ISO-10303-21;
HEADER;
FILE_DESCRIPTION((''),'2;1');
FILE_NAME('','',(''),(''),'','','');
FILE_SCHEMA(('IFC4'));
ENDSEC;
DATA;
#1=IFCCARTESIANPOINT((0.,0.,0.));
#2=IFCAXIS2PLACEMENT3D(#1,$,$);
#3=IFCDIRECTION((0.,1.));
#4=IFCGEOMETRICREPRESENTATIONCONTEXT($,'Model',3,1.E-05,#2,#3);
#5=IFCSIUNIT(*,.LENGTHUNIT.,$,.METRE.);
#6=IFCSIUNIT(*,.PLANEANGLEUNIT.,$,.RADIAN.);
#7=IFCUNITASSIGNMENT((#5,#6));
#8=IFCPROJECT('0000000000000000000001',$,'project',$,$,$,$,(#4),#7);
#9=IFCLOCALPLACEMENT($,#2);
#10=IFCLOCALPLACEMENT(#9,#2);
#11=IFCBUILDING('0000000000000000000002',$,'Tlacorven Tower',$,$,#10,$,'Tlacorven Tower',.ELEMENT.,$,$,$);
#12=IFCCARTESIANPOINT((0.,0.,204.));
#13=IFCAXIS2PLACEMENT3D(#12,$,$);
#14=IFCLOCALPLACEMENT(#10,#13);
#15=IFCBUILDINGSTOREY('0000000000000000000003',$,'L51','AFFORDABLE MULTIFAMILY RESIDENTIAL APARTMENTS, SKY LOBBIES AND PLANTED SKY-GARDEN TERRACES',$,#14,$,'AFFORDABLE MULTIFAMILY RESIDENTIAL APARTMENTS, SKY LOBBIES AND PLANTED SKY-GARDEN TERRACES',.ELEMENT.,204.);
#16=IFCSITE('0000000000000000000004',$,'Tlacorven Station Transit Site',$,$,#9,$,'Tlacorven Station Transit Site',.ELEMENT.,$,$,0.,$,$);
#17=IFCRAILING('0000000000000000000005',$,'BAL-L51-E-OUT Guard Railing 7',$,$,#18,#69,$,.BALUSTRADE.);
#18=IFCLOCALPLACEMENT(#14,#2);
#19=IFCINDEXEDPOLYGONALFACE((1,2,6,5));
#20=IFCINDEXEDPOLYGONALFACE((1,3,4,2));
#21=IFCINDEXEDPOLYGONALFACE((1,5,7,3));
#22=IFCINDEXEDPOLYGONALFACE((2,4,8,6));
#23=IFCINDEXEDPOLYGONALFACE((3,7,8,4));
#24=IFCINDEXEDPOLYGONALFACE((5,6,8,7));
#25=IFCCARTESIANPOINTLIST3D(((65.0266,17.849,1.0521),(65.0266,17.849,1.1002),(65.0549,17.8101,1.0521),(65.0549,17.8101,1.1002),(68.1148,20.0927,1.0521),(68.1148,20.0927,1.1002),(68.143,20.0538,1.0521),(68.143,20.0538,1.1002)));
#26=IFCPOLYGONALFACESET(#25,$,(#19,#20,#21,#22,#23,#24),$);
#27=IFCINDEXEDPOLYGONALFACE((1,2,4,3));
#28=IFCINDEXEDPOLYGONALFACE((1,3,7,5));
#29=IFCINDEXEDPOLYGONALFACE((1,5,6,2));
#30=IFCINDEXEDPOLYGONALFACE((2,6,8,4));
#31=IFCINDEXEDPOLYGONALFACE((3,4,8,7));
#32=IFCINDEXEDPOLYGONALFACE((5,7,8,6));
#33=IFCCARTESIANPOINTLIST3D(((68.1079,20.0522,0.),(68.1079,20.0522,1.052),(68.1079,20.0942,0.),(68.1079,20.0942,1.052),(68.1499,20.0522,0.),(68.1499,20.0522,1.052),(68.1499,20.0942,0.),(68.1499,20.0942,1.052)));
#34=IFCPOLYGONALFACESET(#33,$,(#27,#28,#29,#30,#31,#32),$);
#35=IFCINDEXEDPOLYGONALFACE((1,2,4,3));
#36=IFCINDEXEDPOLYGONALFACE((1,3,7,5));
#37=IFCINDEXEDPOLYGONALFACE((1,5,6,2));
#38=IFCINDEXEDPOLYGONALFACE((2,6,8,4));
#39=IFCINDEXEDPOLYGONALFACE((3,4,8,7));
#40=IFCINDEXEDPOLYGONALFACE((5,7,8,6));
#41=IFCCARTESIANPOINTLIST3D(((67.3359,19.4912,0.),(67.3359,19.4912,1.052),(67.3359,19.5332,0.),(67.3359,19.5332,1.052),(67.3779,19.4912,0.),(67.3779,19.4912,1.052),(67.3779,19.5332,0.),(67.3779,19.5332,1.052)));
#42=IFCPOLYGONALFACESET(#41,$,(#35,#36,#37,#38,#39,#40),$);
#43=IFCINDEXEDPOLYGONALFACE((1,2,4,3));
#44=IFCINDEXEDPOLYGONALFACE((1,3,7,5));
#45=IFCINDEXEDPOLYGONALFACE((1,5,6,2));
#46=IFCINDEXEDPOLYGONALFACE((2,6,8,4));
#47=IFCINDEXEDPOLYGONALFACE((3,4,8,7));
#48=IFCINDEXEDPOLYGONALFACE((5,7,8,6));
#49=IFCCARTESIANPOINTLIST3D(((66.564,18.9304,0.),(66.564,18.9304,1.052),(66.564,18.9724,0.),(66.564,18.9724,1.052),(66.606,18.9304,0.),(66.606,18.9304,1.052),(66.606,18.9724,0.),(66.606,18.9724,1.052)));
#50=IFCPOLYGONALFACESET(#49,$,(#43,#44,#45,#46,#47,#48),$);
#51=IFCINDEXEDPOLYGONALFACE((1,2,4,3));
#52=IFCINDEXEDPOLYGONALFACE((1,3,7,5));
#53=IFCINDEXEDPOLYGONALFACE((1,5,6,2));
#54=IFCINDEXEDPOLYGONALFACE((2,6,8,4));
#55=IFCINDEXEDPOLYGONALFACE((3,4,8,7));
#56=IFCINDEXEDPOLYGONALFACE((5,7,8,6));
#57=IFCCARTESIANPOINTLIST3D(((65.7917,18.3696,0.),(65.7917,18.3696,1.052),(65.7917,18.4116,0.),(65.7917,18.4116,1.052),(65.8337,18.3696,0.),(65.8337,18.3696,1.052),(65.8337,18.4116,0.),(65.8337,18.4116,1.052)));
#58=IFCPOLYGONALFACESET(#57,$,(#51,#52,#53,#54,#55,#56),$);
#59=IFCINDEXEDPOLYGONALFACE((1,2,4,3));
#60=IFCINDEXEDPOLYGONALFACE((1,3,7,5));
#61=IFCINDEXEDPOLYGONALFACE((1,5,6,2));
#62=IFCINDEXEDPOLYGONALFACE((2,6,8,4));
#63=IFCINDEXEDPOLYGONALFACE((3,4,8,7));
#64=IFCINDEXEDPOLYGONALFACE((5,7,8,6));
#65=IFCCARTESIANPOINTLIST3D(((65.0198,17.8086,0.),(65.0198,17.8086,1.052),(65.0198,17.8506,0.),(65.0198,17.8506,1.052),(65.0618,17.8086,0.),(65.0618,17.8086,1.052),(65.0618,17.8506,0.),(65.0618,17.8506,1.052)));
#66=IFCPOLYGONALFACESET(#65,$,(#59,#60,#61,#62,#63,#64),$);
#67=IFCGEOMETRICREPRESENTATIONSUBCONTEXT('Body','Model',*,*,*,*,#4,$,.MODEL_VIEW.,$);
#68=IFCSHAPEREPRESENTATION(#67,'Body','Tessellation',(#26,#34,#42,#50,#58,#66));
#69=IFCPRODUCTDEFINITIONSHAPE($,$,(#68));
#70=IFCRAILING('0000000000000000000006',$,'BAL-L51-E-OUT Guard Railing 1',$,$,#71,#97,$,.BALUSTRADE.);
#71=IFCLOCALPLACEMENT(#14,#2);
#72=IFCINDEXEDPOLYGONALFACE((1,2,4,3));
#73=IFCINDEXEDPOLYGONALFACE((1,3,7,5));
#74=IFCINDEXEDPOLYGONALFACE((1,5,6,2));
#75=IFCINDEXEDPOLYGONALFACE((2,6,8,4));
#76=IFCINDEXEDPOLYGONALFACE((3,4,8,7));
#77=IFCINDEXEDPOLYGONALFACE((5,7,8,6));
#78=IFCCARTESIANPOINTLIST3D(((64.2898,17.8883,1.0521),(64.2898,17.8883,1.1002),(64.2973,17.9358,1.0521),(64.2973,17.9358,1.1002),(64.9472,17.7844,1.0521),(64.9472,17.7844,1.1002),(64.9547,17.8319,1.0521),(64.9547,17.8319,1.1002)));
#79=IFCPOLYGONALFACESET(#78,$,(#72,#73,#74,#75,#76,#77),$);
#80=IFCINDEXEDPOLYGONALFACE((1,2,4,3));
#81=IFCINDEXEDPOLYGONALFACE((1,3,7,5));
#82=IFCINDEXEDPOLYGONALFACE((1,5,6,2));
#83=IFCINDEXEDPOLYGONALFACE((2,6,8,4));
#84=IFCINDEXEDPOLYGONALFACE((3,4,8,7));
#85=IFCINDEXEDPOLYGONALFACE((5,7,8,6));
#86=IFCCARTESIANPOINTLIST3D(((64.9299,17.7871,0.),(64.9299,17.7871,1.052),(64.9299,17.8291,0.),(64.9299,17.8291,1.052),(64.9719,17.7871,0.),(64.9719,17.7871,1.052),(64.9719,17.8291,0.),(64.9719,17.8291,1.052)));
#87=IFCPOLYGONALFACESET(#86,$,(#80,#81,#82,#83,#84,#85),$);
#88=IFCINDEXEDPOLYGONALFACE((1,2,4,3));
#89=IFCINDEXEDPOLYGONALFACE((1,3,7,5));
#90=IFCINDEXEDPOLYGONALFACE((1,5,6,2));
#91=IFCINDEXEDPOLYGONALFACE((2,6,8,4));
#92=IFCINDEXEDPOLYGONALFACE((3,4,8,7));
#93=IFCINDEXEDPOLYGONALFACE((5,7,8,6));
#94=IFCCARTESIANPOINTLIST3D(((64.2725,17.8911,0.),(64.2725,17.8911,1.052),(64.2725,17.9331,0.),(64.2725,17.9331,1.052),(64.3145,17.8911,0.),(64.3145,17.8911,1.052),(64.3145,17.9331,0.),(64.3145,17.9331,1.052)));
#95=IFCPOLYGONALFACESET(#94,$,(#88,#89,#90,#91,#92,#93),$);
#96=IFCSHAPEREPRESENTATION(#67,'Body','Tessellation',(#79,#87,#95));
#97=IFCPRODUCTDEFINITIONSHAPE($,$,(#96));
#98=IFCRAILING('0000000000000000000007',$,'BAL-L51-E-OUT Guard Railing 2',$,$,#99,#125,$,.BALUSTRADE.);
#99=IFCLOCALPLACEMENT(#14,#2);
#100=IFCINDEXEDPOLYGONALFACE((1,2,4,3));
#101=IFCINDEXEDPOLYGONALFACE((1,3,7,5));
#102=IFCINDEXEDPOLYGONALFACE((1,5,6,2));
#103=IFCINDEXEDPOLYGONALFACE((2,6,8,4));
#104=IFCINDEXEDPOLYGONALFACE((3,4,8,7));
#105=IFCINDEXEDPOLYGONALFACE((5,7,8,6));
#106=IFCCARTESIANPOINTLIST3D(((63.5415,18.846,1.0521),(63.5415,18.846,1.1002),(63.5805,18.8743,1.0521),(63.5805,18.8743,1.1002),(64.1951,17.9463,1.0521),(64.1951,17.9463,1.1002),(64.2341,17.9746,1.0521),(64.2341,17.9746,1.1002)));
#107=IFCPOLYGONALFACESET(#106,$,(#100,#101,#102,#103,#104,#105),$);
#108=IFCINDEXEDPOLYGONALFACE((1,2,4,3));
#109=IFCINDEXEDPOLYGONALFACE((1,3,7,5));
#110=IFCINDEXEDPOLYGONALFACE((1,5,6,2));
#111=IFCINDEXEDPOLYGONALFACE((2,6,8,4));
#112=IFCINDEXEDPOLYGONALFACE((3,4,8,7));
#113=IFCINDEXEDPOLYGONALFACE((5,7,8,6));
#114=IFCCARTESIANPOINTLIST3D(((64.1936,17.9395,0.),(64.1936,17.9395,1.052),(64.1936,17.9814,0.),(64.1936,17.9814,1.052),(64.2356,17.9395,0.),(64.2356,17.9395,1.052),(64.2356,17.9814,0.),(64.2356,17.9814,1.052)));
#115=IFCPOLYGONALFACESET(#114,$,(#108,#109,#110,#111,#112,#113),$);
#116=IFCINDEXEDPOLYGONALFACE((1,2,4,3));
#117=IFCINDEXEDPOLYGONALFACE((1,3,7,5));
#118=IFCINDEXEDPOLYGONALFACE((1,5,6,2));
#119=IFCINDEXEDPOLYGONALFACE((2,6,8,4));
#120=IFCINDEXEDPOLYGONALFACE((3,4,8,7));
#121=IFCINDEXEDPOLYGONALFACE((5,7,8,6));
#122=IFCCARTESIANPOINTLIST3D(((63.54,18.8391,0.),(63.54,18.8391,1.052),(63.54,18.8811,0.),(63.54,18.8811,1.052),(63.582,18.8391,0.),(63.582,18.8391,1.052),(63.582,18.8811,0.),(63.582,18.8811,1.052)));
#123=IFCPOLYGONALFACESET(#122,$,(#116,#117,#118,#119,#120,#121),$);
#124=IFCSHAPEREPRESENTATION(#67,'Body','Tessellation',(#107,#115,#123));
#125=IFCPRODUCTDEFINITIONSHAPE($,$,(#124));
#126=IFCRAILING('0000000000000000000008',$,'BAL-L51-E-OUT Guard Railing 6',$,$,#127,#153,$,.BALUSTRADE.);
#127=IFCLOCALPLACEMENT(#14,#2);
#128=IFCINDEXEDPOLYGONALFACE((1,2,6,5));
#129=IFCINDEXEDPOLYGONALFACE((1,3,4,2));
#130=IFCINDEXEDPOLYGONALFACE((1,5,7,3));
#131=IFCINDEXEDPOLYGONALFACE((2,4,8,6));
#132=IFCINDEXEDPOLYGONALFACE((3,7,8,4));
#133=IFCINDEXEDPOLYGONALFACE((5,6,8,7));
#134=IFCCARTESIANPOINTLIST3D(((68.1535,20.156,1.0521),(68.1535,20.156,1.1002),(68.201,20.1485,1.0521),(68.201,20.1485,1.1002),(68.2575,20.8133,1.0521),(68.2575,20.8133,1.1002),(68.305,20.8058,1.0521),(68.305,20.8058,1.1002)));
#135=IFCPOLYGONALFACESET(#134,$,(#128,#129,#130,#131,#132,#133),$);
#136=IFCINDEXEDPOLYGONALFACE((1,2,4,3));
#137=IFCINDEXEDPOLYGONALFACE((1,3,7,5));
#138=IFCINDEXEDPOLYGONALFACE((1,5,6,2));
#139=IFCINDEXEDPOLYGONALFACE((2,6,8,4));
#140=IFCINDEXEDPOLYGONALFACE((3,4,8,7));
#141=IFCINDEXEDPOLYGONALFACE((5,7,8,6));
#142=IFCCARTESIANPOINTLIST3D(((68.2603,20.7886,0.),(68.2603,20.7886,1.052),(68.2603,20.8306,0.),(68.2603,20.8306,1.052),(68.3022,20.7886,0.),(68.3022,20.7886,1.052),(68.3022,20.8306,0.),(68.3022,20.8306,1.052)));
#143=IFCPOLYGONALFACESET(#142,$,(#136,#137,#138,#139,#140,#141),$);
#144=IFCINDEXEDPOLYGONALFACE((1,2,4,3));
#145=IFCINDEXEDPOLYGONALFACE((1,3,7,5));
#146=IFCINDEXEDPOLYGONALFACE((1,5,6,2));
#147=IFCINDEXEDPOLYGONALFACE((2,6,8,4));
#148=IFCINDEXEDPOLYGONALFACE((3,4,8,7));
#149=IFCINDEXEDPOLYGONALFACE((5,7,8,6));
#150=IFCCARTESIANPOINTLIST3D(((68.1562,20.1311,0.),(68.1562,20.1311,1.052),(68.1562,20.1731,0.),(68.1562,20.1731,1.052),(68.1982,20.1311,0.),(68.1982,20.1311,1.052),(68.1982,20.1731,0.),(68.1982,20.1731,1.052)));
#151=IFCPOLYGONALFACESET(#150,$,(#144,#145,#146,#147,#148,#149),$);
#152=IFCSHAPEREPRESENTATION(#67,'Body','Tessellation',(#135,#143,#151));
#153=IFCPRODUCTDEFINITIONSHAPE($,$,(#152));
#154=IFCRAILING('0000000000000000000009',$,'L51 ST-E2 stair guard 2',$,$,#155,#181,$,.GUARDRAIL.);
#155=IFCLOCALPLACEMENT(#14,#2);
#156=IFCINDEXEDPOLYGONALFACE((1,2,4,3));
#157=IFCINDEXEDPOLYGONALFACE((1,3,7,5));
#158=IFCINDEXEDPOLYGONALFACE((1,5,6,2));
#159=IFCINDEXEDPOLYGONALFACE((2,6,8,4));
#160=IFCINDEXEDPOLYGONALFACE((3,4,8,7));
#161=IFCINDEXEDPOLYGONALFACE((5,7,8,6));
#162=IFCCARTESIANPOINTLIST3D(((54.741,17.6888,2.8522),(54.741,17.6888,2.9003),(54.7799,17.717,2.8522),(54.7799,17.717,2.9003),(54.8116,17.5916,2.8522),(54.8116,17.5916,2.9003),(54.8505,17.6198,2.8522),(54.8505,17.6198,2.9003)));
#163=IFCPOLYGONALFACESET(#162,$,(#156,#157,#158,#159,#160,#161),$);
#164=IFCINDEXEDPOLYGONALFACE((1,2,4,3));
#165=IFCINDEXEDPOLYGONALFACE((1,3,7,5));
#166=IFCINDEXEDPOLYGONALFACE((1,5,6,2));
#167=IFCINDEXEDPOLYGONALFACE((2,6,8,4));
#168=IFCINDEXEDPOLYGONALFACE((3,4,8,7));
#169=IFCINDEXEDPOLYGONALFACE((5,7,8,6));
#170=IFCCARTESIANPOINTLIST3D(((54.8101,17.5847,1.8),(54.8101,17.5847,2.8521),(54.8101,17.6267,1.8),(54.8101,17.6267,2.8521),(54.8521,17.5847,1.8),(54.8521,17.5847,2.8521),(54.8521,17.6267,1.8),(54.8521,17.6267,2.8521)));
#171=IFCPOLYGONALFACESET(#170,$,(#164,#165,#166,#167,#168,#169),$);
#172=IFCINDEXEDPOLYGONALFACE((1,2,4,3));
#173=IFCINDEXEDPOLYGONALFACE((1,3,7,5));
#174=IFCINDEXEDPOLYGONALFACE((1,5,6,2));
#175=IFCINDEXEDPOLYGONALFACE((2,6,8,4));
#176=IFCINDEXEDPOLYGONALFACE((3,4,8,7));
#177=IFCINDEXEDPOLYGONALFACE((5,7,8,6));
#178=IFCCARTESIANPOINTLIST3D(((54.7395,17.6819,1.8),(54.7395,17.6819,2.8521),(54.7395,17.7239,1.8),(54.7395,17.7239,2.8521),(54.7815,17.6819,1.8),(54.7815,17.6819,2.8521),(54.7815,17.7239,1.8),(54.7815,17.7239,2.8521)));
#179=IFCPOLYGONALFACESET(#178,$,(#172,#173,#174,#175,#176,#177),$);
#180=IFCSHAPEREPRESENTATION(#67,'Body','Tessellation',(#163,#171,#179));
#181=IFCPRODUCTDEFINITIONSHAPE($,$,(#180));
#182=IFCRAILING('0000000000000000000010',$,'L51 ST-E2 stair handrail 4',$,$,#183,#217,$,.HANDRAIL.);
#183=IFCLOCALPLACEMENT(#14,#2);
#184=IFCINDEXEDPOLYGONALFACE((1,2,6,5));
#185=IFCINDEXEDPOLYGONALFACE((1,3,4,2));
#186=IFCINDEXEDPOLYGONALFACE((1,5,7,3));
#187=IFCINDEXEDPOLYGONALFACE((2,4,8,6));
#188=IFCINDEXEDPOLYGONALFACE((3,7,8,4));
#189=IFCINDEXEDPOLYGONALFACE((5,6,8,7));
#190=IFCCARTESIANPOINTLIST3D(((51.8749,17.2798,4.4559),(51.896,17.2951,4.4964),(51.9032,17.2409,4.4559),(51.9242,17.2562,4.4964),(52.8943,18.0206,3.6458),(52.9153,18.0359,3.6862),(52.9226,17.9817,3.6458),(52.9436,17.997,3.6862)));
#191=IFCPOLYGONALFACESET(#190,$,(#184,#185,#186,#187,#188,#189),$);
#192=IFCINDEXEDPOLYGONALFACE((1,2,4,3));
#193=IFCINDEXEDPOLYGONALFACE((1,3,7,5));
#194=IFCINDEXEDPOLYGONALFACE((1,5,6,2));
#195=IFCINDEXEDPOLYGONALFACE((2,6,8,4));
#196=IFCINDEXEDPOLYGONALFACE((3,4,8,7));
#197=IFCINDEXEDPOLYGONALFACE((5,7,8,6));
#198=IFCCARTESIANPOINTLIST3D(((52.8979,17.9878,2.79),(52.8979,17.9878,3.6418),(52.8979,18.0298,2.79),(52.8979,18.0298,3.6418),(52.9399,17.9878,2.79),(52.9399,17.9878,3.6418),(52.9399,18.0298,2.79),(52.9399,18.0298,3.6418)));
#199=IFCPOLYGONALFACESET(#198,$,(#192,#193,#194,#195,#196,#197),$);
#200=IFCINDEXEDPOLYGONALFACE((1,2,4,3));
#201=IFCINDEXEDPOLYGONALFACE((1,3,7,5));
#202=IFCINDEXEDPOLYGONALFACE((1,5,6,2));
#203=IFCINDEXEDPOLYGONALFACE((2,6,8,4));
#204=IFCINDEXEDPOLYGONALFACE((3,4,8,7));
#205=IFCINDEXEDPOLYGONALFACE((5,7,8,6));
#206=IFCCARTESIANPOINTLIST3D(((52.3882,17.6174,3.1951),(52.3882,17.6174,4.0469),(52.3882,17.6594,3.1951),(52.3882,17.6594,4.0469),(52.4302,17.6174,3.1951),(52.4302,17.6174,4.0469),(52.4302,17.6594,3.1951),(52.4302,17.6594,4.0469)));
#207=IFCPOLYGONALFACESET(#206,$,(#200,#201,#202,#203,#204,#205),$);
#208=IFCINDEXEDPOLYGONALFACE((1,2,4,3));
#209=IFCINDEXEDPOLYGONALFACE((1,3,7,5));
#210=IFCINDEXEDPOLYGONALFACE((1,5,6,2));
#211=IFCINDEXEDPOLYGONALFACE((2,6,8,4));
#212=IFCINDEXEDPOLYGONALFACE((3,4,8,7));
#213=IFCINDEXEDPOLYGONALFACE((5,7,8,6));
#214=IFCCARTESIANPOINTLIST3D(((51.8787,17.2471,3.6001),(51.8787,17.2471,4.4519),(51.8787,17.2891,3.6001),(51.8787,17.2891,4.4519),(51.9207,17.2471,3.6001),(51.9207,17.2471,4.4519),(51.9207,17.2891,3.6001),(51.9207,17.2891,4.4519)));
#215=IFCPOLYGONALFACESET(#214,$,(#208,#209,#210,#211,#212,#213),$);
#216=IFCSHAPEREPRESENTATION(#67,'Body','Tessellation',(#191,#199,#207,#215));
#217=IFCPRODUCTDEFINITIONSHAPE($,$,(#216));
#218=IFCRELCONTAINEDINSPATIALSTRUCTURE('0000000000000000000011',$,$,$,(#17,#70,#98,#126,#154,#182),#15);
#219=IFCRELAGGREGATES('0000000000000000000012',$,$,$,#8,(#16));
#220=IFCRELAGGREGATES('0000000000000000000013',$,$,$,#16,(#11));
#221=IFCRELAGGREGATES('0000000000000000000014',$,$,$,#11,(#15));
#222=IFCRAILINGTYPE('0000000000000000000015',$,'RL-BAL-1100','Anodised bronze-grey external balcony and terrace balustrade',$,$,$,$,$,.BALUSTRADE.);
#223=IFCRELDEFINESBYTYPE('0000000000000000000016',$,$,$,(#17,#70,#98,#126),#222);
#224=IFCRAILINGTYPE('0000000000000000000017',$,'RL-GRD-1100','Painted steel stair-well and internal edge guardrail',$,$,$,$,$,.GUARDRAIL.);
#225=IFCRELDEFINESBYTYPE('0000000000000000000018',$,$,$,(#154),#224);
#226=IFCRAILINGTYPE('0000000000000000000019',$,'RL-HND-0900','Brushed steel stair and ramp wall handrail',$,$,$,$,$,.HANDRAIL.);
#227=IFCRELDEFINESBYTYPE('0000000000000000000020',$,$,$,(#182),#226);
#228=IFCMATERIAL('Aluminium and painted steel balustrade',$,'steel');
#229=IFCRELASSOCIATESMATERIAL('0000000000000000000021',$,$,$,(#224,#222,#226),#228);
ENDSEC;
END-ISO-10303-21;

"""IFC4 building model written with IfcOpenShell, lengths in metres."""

from ifc_helpers import new_model, si_unit, direction, frame, origin, origin_2d, place, context, subcontext, project, spatial, rectangle, extrude, source, transform, mapped, material, type_object, element, save


model = new_model("IFC4")

# Units and contexts
model_context = context("Model", 3, precision=1e-05, world=origin(), true_north=direction((0.0, 1.0)))
body_context = subcontext(model_context, "Body", "Model", "MODEL_VIEW")
ifc_project = project(units=[si_unit("LENGTHUNIT", "METRE"), si_unit("PLANEANGLEUNIT", "RADIAN")], contexts=[model_context])

# Site, building, storey
site_placement = place(None, origin())
site = spatial("IfcSite", under=ifc_project, at=site_placement, Name="Tlacorven Station Transit Site", LongName="Tlacorven Station Transit Site", CompositionType="ELEMENT", RefElevation=0.0)
building_placement = place(site_placement, origin())
building = spatial("IfcBuilding", under=site, at=building_placement, Name="Tlacorven Tower", LongName="Tlacorven Tower", CompositionType="ELEMENT")
storey_placement = place(building_placement, frame((0.0, 0.0, 204.0)))
storey = spatial("IfcBuildingStorey", under=building, at=storey_placement, Name="L51", Description="AFFORDABLE MULTIFAMILY RESIDENTIAL APARTMENTS, SKY LOBBIES AND PLANTED SKY-GARDEN TERRACES", LongName="AFFORDABLE MULTIFAMILY RESIDENTIAL APARTMENTS, SKY LOBBIES AND PLANTED SKY-GARDEN TERRACES", CompositionType="ELEMENT", Elevation=204.0)

# Railings
ifc_material_1 = material(Name="Aluminium and painted steel balustrade", Category="steel")
railing_type_1 = type_object("IfcRailingType", Name="RL-GRD-1100", Description="Painted steel stair-well and internal edge guardrail", PredefinedType="GUARDRAIL", material=ifc_material_1)
railing_type_2 = type_object("IfcRailingType", Name="RL-BAL-1100", Description="Anodised bronze-grey external balcony and terrace balustrade", PredefinedType="BALUSTRADE", material=ifc_material_1)
shared_shape_1 = source(origin(), body_context, "Body", "SweptSolid", [
    extrude(rectangle(XDim=0.0481, YDim=0.0481, at=origin_2d()), frame((0.0, 0.0, 1.0762), z_axis=(-0.809018, -0.587784, 0.0), x_axis=(0.587784, -0.809018, 0.0)), (0.0, 0.0, 1.0), 3.8171),
    extrude(rectangle(XDim=0.042, YDim=0.042, at=origin_2d()), origin(), (0.0, 0.0, 1.0), 1.052),
    extrude(rectangle(XDim=0.042, YDim=0.042, at=origin_2d()), frame((-0.772, -0.561, 0.0)), (0.0, 0.0, 1.0), 1.052),
    extrude(rectangle(XDim=0.042, YDim=0.042, at=origin_2d()), frame((-1.5439, -1.1218, 0.0)), (0.0, 0.0, 1.0), 1.052),
    extrude(rectangle(XDim=0.042, YDim=0.042, at=origin_2d()), frame((-2.3162, -1.6826, 0.0)), (0.0, 0.0, 1.0), 1.052),
    extrude(rectangle(XDim=0.042, YDim=0.042, at=origin_2d()), frame((-3.0881, -2.2437, 0.0)), (0.0, 0.0, 1.0), 1.052),
])
railing_1_placement = place(storey_placement, frame((68.1289, 20.0732, 0.0)))
element("IfcRailing", 1, at=railing_1_placement, inside=storey, type_object=railing_type_2, Name="BAL-L51-E-OUT Guard Railing 7", PredefinedType="BALUSTRADE", context=body_context, shape_type="MappedRepresentation", body=[
    mapped(shared_shape_1, transform((0.0, 0.0, 0.0), scale=1.0)),
])
shared_shape_2 = source(origin(), body_context, "Body", "SweptSolid", [
    extrude(rectangle(XDim=0.0481, YDim=0.0481, at=origin_2d()), frame((0.0, 0.0, 1.0762), z_axis=(-0.987718, 0.156245, 0.0), x_axis=(-0.156245, -0.987718, 0.0)), (0.0, 0.0, 1.0), 0.6655),
    extrude(rectangle(XDim=0.042, YDim=0.042, at=origin_2d()), origin(), (0.0, 0.0, 1.0), 1.052),
    extrude(rectangle(XDim=0.042, YDim=0.042, at=origin_2d()), frame((-0.6575, 0.104, 0.0)), (0.0, 0.0, 1.0), 1.052),
])
railing_2_placement = place(storey_placement, frame((64.9509, 17.8081, 0.0)))
element("IfcRailing", 2, at=railing_2_placement, inside=storey, type_object=railing_type_2, Name="BAL-L51-E-OUT Guard Railing 1", PredefinedType="BALUSTRADE", context=body_context, shape_type="MappedRepresentation", body=[
    mapped(shared_shape_2, transform((0.0, 0.0, 0.0), scale=1.0)),
])
shared_shape_3 = source(origin(), body_context, "Body", "SweptSolid", [
    extrude(rectangle(XDim=0.0481, YDim=0.0481, at=origin_2d()), frame((0.0, 0.0, 1.0762), z_axis=(-0.587741, 0.809049, 0.0), x_axis=(-0.809049, -0.587741, 0.0)), (0.0, 0.0, 1.0), 1.1121),
    extrude(rectangle(XDim=0.042, YDim=0.042, at=origin_2d()), origin(), (0.0, 0.0, 1.0), 1.052),
    extrude(rectangle(XDim=0.042, YDim=0.042, at=origin_2d()), frame((-0.6536, 0.8997, 0.0)), (0.0, 0.0, 1.0), 1.052),
])
railing_3_placement = place(storey_placement, frame((64.2146, 17.9604, 0.0)))
element("IfcRailing", 3, at=railing_3_placement, inside=storey, type_object=railing_type_2, Name="BAL-L51-E-OUT Guard Railing 2", PredefinedType="BALUSTRADE", context=body_context, shape_type="MappedRepresentation", body=[
    mapped(shared_shape_3, transform((0.0, 0.0, 0.0), scale=1.0)),
])
shared_shape_4 = source(origin(), body_context, "Body", "SweptSolid", [
    extrude(rectangle(XDim=0.0481, YDim=0.0481, at=origin_2d()), frame((0.0, 0.0, 1.0762), z_axis=(-0.156245, -0.987718, 0.0), x_axis=(0.987718, -0.156245, 0.0)), (0.0, 0.0, 1.0), 0.6655),
    extrude(rectangle(XDim=0.042, YDim=0.042, at=origin_2d()), origin(), (0.0, 0.0, 1.0), 1.052),
    extrude(rectangle(XDim=0.042, YDim=0.042, at=origin_2d()), frame((-0.104, -0.6575, 0.0)), (0.0, 0.0, 1.0), 1.052),
])
railing_4_placement = place(storey_placement, frame((68.2812, 20.8096, 0.0)))
element("IfcRailing", 4, at=railing_4_placement, inside=storey, type_object=railing_type_2, Name="BAL-L51-E-OUT Guard Railing 6", PredefinedType="BALUSTRADE", context=body_context, shape_type="MappedRepresentation", body=[
    mapped(shared_shape_4, transform((0.0, 0.0, 0.0), scale=1.0)),
])
shared_shape_5 = source(origin(), body_context, "Body", "SweptSolid", [
    extrude(rectangle(XDim=0.0481, YDim=0.0481, at=origin_2d()), frame((0.0, 0.0, 1.0762), z_axis=(-0.587567, 0.809175, 0.0), x_axis=(-0.809175, -0.587567, 0.0)), (0.0, 0.0, 1.0), 0.1201),
    extrude(rectangle(XDim=0.042, YDim=0.042, at=origin_2d()), origin(), (0.0, 0.0, 1.0), 1.052),
    extrude(rectangle(XDim=0.042, YDim=0.042, at=origin_2d()), frame((-0.0706, 0.0972, 0.0)), (0.0, 0.0, 1.0), 1.052),
])
railing_5_placement = place(storey_placement, frame((54.8311, 17.6057, 1.8)))
element("IfcRailing", 5, at=railing_5_placement, inside=storey, type_object=railing_type_1, Name="L51 ST-E2 stair guard 2", PredefinedType="GUARDRAIL", context=body_context, shape_type="MappedRepresentation", body=[
    mapped(shared_shape_5, transform((0.0, 0.0, 0.0), scale=1.0)),
])
railing_type_3 = type_object("IfcRailingType", Name="RL-HND-0900", Description="Brushed steel stair and ramp wall handrail", PredefinedType="HANDRAIL", material=ifc_material_1)
shared_shape_6 = source(origin(), body_context, "Body", "SweptSolid", [
    extrude(rectangle(XDim=0.0481, YDim=0.0481, at=origin_2d()), frame((0.0, 0.0, 0.876), z_axis=(-0.680461, -0.494496, 0.540783), x_axis=(0.587872, -0.808954, 0.0)), (0.0, 0.0, 1.0), 1.498),
    extrude(rectangle(XDim=0.042, YDim=0.042, at=origin_2d()), origin(), (0.0, 0.0, 1.0), 0.8518),
    extrude(rectangle(XDim=0.042, YDim=0.042, at=origin_2d()), frame((-0.5098, -0.3704, 0.405)), (0.0, 0.0, 1.0), 0.8518),
    extrude(rectangle(XDim=0.042, YDim=0.042, at=origin_2d()), frame((-1.0193, -0.7407, 0.8101)), (0.0, 0.0, 1.0), 0.8518),
])
railing_6_placement = place(storey_placement, frame((52.9189, 18.0088, 2.79)))
element("IfcRailing", 6, at=railing_6_placement, inside=storey, type_object=railing_type_3, Name="L51 ST-E2 stair handrail 4", PredefinedType="HANDRAIL", context=body_context, shape_type="MappedRepresentation", body=[
    mapped(shared_shape_6, transform((0.0, 0.0, 0.0), scale=1.0)),
])

save(model, "model.ifc")
